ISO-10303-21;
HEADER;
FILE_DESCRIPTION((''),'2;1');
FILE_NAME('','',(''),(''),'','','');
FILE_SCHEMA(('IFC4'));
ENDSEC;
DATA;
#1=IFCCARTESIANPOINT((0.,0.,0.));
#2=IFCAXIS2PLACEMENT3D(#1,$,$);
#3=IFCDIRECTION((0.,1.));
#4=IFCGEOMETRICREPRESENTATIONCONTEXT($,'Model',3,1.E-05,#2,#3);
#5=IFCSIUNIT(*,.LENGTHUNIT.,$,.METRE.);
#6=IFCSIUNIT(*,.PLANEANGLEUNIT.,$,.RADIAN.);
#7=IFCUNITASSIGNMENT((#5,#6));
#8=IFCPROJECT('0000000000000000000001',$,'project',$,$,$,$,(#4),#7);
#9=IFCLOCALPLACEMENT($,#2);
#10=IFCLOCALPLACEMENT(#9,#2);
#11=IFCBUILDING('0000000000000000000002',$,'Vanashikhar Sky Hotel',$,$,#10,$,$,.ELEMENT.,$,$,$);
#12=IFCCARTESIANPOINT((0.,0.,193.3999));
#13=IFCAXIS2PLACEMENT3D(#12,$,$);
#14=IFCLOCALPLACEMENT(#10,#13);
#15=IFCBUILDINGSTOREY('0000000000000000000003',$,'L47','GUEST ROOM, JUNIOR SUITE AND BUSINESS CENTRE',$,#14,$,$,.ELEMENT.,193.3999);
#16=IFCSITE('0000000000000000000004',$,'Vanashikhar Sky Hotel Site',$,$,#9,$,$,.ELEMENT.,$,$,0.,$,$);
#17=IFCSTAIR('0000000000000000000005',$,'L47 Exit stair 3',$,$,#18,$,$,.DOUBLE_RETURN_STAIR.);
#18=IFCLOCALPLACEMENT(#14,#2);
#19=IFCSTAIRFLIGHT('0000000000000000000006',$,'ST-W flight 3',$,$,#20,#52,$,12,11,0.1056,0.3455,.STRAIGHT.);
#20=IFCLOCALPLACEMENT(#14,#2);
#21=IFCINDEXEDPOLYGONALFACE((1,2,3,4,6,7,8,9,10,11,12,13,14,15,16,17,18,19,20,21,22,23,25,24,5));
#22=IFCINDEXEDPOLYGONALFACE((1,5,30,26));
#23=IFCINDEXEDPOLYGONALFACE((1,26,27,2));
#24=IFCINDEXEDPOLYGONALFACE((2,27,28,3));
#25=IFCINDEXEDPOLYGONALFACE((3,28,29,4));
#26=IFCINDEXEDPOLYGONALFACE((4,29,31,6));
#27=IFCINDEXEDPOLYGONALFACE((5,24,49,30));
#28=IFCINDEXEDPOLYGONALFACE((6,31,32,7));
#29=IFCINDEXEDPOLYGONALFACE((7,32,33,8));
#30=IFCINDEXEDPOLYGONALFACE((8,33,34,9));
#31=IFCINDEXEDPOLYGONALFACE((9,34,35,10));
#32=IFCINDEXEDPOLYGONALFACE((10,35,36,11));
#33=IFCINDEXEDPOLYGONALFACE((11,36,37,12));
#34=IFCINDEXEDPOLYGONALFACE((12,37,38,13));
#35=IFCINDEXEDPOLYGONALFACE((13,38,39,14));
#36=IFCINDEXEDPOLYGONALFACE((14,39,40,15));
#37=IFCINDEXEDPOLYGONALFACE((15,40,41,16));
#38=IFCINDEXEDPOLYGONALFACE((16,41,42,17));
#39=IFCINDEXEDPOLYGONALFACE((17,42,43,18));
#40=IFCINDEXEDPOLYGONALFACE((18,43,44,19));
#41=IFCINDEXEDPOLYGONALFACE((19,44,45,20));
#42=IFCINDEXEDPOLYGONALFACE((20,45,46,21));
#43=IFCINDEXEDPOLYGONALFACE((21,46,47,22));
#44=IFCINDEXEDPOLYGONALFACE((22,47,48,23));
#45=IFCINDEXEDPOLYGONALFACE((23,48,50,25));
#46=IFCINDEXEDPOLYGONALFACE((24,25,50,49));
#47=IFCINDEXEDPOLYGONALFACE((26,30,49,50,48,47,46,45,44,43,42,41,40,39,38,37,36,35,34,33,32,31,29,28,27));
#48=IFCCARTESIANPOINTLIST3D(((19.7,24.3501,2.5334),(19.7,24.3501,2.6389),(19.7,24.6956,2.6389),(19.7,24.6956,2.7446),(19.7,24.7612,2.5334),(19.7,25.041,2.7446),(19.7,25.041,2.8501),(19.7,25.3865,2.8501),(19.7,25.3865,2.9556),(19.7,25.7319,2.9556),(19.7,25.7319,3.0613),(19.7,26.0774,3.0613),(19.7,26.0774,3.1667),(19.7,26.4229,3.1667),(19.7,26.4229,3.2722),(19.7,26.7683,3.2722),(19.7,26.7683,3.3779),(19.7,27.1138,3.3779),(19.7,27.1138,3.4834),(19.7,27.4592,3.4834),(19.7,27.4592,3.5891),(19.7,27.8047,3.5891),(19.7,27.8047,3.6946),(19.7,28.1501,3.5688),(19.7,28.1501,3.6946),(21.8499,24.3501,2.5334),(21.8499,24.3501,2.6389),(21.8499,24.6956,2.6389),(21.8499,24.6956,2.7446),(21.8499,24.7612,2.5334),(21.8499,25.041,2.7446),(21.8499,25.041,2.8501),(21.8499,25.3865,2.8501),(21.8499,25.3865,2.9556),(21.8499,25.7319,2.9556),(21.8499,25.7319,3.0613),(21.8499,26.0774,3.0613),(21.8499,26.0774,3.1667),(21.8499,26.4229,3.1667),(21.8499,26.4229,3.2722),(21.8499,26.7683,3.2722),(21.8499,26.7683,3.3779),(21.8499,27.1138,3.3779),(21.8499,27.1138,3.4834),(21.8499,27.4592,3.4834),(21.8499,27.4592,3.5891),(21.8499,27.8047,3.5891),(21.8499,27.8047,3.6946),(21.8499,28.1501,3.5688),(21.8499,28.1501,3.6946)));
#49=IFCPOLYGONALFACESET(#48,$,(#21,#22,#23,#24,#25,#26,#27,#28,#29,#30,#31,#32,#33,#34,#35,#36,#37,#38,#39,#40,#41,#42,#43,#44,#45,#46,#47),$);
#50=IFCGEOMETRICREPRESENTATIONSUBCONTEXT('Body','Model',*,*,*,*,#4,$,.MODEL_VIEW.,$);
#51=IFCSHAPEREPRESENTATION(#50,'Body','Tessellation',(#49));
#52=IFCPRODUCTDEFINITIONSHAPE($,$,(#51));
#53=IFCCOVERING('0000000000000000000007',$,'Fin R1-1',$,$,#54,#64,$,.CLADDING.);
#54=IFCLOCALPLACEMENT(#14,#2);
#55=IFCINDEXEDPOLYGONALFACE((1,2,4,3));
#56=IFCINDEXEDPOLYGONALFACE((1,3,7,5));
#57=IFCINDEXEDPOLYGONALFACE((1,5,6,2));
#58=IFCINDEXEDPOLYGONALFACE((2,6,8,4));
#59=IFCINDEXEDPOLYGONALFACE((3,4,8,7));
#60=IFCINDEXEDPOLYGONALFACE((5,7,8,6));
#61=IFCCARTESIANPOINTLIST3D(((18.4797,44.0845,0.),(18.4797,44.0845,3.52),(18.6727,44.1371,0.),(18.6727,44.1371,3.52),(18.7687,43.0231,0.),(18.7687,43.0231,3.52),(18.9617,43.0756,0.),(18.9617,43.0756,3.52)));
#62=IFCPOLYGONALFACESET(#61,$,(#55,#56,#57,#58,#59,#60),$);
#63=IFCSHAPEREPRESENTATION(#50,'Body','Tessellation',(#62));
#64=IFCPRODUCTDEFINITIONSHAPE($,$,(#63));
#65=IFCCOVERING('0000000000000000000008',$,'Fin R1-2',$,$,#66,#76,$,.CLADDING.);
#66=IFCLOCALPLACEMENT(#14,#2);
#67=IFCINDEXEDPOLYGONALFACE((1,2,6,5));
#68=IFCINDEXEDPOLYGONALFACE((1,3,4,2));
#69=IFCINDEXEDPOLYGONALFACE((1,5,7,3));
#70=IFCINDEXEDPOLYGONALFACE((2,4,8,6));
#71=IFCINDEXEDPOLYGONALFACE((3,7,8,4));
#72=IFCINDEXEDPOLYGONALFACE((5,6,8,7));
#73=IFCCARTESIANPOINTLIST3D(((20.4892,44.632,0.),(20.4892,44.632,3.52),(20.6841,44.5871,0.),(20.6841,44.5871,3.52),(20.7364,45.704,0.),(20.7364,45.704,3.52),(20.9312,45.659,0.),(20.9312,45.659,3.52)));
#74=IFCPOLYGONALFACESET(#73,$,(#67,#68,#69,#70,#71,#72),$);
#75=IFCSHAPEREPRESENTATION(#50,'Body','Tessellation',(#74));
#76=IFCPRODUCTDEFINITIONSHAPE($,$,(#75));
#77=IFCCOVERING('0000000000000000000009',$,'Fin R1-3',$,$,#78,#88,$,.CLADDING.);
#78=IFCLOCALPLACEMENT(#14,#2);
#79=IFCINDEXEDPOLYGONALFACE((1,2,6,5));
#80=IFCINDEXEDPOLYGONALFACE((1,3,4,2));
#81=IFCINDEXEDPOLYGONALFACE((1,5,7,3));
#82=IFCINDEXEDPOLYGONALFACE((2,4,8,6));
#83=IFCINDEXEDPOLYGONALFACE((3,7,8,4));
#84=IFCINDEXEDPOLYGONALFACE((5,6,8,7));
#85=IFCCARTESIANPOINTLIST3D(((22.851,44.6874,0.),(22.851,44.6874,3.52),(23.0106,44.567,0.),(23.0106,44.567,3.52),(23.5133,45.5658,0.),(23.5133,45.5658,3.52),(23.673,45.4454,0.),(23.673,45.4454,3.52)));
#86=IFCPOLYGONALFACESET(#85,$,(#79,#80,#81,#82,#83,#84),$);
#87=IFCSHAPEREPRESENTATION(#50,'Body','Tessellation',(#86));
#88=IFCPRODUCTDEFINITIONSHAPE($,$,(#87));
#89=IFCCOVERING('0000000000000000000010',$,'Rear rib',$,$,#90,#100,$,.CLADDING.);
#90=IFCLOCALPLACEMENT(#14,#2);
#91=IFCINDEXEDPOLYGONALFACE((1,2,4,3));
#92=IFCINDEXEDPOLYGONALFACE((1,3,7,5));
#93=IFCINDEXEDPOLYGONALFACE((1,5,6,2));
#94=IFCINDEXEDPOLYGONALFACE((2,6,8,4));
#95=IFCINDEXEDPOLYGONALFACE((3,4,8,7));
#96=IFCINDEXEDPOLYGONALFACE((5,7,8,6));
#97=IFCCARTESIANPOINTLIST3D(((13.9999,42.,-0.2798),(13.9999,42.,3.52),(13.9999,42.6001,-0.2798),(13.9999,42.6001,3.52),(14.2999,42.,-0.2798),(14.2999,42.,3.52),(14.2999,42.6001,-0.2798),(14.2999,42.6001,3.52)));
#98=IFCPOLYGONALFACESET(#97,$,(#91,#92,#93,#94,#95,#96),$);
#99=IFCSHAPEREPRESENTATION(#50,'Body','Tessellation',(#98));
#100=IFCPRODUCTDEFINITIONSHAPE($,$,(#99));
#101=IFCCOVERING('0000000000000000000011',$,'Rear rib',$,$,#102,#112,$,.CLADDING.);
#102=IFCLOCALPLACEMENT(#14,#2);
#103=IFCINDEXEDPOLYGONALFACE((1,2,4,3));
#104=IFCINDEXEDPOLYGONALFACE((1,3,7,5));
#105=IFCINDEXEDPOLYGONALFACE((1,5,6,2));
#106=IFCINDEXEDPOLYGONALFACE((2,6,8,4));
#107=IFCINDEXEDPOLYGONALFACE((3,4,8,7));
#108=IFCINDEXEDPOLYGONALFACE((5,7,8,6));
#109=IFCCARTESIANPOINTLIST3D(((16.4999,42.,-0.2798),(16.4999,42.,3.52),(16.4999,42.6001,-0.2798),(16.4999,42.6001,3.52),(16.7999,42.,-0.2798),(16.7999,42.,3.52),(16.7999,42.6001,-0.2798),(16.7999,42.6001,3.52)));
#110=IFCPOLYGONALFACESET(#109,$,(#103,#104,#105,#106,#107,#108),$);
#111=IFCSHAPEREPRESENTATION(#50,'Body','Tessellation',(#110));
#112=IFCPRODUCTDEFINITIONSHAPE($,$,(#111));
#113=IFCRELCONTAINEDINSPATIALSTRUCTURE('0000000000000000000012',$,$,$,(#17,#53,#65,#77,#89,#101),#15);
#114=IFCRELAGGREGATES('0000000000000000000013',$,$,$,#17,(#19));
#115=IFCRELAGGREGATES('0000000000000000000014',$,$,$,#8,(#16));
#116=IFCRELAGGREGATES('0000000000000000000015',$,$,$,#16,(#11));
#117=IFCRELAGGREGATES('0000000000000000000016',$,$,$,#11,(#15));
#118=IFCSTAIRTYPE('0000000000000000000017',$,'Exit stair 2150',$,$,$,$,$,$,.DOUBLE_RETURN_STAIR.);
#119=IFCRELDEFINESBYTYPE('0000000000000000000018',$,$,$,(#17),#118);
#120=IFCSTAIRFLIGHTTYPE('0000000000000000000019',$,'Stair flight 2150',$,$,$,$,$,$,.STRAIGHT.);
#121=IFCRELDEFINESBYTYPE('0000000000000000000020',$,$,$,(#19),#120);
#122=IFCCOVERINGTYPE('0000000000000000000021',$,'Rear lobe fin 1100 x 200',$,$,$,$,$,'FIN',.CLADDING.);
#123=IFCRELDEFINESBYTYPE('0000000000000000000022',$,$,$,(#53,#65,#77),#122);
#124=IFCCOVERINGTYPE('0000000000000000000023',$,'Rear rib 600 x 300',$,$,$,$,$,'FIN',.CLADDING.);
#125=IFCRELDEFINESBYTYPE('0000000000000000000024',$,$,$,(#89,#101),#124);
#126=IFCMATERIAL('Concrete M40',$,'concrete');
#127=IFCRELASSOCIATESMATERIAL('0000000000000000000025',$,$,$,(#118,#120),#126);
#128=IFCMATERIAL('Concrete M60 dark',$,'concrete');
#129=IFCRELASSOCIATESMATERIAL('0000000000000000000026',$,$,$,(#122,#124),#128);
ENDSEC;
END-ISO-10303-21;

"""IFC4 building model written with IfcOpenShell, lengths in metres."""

from ifc_helpers import new_model, si_unit, direction, frame, origin, origin_2d, place, context, subcontext, project, spatial, polyline, rectangle, outline, extrude, source, transform, mapped, material, material_profile, profile_set, type_object, element, aggregate, save


model = new_model("IFC4")

# Units and contexts
model_context = context("Model", 3, precision=1e-05, world=origin(), true_north=direction((0.0, 1.0)))
body_context = subcontext(model_context, "Body", "Model", "MODEL_VIEW")
ifc_project = project(units=[si_unit("LENGTHUNIT", "METRE"), si_unit("PLANEANGLEUNIT", "RADIAN")], contexts=[model_context])

# Site, building, storey
site_placement = place(None, origin())
site = spatial("IfcSite", under=ifc_project, at=site_placement, Name="Vanashikhar Sky Hotel Site", CompositionType="ELEMENT", RefElevation=0.0)
building_placement = place(site_placement, origin())
building = spatial("IfcBuilding", under=site, at=building_placement, Name="Vanashikhar Sky Hotel", CompositionType="ELEMENT")
storey_placement = place(building_placement, frame((0.0, 0.0, 193.3999)))
storey = spatial("IfcBuildingStorey", under=building, at=storey_placement, Name="L47", Description="GUEST ROOM, JUNIOR SUITE AND BUSINESS CENTRE", CompositionType="ELEMENT", Elevation=193.3999)

# Stair, stair flight
ifc_material_1 = material(Name="Concrete M40", Category="concrete")
stair_type = type_object("IfcStairType", Name="Exit stair 2150", PredefinedType="DOUBLE_RETURN_STAIR", material=ifc_material_1)
stair_placement = place(storey_placement, origin())
stair = element("IfcStair", 1, at=stair_placement, inside=storey, type_object=stair_type, Name="L47 Exit stair 3", PredefinedType="DOUBLE_RETURN_STAIR")
stair_flight_type = type_object("IfcStairFlightType", Name="Stair flight 2150", PredefinedType="STRAIGHT", material=ifc_material_1)
shared_shape_1 = source(origin(), body_context, "Body", "SweptSolid", [
    extrude(outline(polyline([(0.0, 0.0), (0.0, 0.1055), (0.3455, 0.1055), (0.3455, 0.2112), (0.6909, 0.2112), (0.6909, 0.3167), (1.0364, 0.3167), (1.0364, 0.4221), (1.3818, 0.4221), (1.3818, 0.5278), (1.7273, 0.5278), (1.7273, 0.6333), (2.0728, 0.6333), (2.0728, 0.7388), (2.4182, 0.7388), (2.4182, 0.8445), (2.7637, 0.8445), (2.7637, 0.95), (3.1091, 0.95), (3.1091, 1.0557), (3.4546, 1.0557), (3.4546, 1.1611), (3.8, 1.1611), (3.8, 1.2666), (3.8, 1.0354), (0.4111, 0.0), (0.0, 0.0)])), frame((0.0, 1.075, 0.0), z_axis=(0.0, -1.0, 0.0), x_axis=(1.0, 0.0, 0.0)), (0.0, 0.0, 1.0), 2.1499),
])
stair_flight_1_placement = place(storey_placement, frame((20.7749, 24.3501, 2.5334), z_axis=(0.0, 0.0, 1.0), x_axis=(0.0, 1.0, 0.0)))
stair_flight_1 = element("IfcStairFlight", 2, at=stair_flight_1_placement, type_object=stair_flight_type, Name="ST-W flight 3", NumberOfRisers=12, NumberOfTreads=11, PredefinedType="STRAIGHT", RiserHeight=0.1056, TreadLength=0.3455, context=body_context, shape_type="MappedRepresentation", body=[
    mapped(shared_shape_1, transform((0.0, 0.0, 0.0), scale=1.0)),
])
aggregate(stair, [stair_flight_1])

# Coverings
ifc_material_2 = material(Name="Concrete M60 dark", Category="concrete")
ifc_material_profile_1 = material_profile(ifc_material_2, rectangle(XDim=1.1001, YDim=0.2, at=origin_2d()))
ifc_profile_set_1 = profile_set([ifc_material_profile_1], Name="Rear lobe fin 1100 x 200")
covering_type_1 = type_object("IfcCoveringType", Name="Rear lobe fin 1100 x 200", ElementType="FIN", PredefinedType="CLADDING", material=ifc_profile_set_1)
shared_shape_2 = source(origin(), body_context, "Body", "SweptSolid", [
    extrude(rectangle(XDim=1.1001, YDim=0.2, at=origin_2d()), origin(), (0.0, 0.0, 1.0), 3.52),
])
for number, where, z_axis, x_axis, name in (
    (3, (18.7207, 43.5801, 0.0), (0.0, 0.0, 1.0), (-0.262711, 0.964874, 0.0), "Fin R1-1"),
    (4, (20.7102, 45.1455, 0.0), (0.0, 0.0, 1.0), (0.224645, 0.974441, 0.0), "Fin R1-2"),
    (5, (23.262, 45.0664, 0.0), (0.0, 0.0, 1.0), (0.602066, 0.798446, 0.0), "Fin R1-3"),
):
    element("IfcCovering", number, at=place(storey_placement, frame(where, z_axis=z_axis, x_axis=x_axis)), inside=storey, type_object=covering_type_1, Name=name, PredefinedType="CLADDING", context=body_context, shape_type="MappedRepresentation", body=[
        mapped(shared_shape_2, transform((0.0, 0.0, 0.0), scale=1.0)),
    ])
ifc_material_profile_2 = material_profile(ifc_material_2, rectangle(XDim=0.6001, YDim=0.3, at=origin_2d()))
ifc_profile_set_2 = profile_set([ifc_material_profile_2], Name="Rear rib 600 x 300")
covering_type_2 = type_object("IfcCoveringType", Name="Rear rib 600 x 300", ElementType="FIN", PredefinedType="CLADDING", material=ifc_profile_set_2)
shared_shape_3 = source(origin(), body_context, "Body", "SweptSolid", [
    extrude(rectangle(XDim=0.6001, YDim=0.3, at=origin_2d()), origin(), (0.0, 0.0, 1.0), 3.7998),
])
for number, where, z_axis, x_axis, name in (
    (6, (14.1499, 42.3, -0.2798), (0.0, 0.0, 1.0), (0.0, 1.0, 0.0), "Rear rib"),
    (7, (16.6499, 42.3, -0.2798), (0.0, 0.0, 1.0), (0.0, 1.0, 0.0), "Rear rib"),
):
    element("IfcCovering", number, at=place(storey_placement, frame(where, z_axis=z_axis, x_axis=x_axis)), inside=storey, type_object=covering_type_2, Name=name, PredefinedType="CLADDING", context=body_context, shape_type="MappedRepresentation", body=[
        mapped(shared_shape_3, transform((0.0, 0.0, 0.0), scale=1.0)),
    ])

save(model, "model.ifc")
